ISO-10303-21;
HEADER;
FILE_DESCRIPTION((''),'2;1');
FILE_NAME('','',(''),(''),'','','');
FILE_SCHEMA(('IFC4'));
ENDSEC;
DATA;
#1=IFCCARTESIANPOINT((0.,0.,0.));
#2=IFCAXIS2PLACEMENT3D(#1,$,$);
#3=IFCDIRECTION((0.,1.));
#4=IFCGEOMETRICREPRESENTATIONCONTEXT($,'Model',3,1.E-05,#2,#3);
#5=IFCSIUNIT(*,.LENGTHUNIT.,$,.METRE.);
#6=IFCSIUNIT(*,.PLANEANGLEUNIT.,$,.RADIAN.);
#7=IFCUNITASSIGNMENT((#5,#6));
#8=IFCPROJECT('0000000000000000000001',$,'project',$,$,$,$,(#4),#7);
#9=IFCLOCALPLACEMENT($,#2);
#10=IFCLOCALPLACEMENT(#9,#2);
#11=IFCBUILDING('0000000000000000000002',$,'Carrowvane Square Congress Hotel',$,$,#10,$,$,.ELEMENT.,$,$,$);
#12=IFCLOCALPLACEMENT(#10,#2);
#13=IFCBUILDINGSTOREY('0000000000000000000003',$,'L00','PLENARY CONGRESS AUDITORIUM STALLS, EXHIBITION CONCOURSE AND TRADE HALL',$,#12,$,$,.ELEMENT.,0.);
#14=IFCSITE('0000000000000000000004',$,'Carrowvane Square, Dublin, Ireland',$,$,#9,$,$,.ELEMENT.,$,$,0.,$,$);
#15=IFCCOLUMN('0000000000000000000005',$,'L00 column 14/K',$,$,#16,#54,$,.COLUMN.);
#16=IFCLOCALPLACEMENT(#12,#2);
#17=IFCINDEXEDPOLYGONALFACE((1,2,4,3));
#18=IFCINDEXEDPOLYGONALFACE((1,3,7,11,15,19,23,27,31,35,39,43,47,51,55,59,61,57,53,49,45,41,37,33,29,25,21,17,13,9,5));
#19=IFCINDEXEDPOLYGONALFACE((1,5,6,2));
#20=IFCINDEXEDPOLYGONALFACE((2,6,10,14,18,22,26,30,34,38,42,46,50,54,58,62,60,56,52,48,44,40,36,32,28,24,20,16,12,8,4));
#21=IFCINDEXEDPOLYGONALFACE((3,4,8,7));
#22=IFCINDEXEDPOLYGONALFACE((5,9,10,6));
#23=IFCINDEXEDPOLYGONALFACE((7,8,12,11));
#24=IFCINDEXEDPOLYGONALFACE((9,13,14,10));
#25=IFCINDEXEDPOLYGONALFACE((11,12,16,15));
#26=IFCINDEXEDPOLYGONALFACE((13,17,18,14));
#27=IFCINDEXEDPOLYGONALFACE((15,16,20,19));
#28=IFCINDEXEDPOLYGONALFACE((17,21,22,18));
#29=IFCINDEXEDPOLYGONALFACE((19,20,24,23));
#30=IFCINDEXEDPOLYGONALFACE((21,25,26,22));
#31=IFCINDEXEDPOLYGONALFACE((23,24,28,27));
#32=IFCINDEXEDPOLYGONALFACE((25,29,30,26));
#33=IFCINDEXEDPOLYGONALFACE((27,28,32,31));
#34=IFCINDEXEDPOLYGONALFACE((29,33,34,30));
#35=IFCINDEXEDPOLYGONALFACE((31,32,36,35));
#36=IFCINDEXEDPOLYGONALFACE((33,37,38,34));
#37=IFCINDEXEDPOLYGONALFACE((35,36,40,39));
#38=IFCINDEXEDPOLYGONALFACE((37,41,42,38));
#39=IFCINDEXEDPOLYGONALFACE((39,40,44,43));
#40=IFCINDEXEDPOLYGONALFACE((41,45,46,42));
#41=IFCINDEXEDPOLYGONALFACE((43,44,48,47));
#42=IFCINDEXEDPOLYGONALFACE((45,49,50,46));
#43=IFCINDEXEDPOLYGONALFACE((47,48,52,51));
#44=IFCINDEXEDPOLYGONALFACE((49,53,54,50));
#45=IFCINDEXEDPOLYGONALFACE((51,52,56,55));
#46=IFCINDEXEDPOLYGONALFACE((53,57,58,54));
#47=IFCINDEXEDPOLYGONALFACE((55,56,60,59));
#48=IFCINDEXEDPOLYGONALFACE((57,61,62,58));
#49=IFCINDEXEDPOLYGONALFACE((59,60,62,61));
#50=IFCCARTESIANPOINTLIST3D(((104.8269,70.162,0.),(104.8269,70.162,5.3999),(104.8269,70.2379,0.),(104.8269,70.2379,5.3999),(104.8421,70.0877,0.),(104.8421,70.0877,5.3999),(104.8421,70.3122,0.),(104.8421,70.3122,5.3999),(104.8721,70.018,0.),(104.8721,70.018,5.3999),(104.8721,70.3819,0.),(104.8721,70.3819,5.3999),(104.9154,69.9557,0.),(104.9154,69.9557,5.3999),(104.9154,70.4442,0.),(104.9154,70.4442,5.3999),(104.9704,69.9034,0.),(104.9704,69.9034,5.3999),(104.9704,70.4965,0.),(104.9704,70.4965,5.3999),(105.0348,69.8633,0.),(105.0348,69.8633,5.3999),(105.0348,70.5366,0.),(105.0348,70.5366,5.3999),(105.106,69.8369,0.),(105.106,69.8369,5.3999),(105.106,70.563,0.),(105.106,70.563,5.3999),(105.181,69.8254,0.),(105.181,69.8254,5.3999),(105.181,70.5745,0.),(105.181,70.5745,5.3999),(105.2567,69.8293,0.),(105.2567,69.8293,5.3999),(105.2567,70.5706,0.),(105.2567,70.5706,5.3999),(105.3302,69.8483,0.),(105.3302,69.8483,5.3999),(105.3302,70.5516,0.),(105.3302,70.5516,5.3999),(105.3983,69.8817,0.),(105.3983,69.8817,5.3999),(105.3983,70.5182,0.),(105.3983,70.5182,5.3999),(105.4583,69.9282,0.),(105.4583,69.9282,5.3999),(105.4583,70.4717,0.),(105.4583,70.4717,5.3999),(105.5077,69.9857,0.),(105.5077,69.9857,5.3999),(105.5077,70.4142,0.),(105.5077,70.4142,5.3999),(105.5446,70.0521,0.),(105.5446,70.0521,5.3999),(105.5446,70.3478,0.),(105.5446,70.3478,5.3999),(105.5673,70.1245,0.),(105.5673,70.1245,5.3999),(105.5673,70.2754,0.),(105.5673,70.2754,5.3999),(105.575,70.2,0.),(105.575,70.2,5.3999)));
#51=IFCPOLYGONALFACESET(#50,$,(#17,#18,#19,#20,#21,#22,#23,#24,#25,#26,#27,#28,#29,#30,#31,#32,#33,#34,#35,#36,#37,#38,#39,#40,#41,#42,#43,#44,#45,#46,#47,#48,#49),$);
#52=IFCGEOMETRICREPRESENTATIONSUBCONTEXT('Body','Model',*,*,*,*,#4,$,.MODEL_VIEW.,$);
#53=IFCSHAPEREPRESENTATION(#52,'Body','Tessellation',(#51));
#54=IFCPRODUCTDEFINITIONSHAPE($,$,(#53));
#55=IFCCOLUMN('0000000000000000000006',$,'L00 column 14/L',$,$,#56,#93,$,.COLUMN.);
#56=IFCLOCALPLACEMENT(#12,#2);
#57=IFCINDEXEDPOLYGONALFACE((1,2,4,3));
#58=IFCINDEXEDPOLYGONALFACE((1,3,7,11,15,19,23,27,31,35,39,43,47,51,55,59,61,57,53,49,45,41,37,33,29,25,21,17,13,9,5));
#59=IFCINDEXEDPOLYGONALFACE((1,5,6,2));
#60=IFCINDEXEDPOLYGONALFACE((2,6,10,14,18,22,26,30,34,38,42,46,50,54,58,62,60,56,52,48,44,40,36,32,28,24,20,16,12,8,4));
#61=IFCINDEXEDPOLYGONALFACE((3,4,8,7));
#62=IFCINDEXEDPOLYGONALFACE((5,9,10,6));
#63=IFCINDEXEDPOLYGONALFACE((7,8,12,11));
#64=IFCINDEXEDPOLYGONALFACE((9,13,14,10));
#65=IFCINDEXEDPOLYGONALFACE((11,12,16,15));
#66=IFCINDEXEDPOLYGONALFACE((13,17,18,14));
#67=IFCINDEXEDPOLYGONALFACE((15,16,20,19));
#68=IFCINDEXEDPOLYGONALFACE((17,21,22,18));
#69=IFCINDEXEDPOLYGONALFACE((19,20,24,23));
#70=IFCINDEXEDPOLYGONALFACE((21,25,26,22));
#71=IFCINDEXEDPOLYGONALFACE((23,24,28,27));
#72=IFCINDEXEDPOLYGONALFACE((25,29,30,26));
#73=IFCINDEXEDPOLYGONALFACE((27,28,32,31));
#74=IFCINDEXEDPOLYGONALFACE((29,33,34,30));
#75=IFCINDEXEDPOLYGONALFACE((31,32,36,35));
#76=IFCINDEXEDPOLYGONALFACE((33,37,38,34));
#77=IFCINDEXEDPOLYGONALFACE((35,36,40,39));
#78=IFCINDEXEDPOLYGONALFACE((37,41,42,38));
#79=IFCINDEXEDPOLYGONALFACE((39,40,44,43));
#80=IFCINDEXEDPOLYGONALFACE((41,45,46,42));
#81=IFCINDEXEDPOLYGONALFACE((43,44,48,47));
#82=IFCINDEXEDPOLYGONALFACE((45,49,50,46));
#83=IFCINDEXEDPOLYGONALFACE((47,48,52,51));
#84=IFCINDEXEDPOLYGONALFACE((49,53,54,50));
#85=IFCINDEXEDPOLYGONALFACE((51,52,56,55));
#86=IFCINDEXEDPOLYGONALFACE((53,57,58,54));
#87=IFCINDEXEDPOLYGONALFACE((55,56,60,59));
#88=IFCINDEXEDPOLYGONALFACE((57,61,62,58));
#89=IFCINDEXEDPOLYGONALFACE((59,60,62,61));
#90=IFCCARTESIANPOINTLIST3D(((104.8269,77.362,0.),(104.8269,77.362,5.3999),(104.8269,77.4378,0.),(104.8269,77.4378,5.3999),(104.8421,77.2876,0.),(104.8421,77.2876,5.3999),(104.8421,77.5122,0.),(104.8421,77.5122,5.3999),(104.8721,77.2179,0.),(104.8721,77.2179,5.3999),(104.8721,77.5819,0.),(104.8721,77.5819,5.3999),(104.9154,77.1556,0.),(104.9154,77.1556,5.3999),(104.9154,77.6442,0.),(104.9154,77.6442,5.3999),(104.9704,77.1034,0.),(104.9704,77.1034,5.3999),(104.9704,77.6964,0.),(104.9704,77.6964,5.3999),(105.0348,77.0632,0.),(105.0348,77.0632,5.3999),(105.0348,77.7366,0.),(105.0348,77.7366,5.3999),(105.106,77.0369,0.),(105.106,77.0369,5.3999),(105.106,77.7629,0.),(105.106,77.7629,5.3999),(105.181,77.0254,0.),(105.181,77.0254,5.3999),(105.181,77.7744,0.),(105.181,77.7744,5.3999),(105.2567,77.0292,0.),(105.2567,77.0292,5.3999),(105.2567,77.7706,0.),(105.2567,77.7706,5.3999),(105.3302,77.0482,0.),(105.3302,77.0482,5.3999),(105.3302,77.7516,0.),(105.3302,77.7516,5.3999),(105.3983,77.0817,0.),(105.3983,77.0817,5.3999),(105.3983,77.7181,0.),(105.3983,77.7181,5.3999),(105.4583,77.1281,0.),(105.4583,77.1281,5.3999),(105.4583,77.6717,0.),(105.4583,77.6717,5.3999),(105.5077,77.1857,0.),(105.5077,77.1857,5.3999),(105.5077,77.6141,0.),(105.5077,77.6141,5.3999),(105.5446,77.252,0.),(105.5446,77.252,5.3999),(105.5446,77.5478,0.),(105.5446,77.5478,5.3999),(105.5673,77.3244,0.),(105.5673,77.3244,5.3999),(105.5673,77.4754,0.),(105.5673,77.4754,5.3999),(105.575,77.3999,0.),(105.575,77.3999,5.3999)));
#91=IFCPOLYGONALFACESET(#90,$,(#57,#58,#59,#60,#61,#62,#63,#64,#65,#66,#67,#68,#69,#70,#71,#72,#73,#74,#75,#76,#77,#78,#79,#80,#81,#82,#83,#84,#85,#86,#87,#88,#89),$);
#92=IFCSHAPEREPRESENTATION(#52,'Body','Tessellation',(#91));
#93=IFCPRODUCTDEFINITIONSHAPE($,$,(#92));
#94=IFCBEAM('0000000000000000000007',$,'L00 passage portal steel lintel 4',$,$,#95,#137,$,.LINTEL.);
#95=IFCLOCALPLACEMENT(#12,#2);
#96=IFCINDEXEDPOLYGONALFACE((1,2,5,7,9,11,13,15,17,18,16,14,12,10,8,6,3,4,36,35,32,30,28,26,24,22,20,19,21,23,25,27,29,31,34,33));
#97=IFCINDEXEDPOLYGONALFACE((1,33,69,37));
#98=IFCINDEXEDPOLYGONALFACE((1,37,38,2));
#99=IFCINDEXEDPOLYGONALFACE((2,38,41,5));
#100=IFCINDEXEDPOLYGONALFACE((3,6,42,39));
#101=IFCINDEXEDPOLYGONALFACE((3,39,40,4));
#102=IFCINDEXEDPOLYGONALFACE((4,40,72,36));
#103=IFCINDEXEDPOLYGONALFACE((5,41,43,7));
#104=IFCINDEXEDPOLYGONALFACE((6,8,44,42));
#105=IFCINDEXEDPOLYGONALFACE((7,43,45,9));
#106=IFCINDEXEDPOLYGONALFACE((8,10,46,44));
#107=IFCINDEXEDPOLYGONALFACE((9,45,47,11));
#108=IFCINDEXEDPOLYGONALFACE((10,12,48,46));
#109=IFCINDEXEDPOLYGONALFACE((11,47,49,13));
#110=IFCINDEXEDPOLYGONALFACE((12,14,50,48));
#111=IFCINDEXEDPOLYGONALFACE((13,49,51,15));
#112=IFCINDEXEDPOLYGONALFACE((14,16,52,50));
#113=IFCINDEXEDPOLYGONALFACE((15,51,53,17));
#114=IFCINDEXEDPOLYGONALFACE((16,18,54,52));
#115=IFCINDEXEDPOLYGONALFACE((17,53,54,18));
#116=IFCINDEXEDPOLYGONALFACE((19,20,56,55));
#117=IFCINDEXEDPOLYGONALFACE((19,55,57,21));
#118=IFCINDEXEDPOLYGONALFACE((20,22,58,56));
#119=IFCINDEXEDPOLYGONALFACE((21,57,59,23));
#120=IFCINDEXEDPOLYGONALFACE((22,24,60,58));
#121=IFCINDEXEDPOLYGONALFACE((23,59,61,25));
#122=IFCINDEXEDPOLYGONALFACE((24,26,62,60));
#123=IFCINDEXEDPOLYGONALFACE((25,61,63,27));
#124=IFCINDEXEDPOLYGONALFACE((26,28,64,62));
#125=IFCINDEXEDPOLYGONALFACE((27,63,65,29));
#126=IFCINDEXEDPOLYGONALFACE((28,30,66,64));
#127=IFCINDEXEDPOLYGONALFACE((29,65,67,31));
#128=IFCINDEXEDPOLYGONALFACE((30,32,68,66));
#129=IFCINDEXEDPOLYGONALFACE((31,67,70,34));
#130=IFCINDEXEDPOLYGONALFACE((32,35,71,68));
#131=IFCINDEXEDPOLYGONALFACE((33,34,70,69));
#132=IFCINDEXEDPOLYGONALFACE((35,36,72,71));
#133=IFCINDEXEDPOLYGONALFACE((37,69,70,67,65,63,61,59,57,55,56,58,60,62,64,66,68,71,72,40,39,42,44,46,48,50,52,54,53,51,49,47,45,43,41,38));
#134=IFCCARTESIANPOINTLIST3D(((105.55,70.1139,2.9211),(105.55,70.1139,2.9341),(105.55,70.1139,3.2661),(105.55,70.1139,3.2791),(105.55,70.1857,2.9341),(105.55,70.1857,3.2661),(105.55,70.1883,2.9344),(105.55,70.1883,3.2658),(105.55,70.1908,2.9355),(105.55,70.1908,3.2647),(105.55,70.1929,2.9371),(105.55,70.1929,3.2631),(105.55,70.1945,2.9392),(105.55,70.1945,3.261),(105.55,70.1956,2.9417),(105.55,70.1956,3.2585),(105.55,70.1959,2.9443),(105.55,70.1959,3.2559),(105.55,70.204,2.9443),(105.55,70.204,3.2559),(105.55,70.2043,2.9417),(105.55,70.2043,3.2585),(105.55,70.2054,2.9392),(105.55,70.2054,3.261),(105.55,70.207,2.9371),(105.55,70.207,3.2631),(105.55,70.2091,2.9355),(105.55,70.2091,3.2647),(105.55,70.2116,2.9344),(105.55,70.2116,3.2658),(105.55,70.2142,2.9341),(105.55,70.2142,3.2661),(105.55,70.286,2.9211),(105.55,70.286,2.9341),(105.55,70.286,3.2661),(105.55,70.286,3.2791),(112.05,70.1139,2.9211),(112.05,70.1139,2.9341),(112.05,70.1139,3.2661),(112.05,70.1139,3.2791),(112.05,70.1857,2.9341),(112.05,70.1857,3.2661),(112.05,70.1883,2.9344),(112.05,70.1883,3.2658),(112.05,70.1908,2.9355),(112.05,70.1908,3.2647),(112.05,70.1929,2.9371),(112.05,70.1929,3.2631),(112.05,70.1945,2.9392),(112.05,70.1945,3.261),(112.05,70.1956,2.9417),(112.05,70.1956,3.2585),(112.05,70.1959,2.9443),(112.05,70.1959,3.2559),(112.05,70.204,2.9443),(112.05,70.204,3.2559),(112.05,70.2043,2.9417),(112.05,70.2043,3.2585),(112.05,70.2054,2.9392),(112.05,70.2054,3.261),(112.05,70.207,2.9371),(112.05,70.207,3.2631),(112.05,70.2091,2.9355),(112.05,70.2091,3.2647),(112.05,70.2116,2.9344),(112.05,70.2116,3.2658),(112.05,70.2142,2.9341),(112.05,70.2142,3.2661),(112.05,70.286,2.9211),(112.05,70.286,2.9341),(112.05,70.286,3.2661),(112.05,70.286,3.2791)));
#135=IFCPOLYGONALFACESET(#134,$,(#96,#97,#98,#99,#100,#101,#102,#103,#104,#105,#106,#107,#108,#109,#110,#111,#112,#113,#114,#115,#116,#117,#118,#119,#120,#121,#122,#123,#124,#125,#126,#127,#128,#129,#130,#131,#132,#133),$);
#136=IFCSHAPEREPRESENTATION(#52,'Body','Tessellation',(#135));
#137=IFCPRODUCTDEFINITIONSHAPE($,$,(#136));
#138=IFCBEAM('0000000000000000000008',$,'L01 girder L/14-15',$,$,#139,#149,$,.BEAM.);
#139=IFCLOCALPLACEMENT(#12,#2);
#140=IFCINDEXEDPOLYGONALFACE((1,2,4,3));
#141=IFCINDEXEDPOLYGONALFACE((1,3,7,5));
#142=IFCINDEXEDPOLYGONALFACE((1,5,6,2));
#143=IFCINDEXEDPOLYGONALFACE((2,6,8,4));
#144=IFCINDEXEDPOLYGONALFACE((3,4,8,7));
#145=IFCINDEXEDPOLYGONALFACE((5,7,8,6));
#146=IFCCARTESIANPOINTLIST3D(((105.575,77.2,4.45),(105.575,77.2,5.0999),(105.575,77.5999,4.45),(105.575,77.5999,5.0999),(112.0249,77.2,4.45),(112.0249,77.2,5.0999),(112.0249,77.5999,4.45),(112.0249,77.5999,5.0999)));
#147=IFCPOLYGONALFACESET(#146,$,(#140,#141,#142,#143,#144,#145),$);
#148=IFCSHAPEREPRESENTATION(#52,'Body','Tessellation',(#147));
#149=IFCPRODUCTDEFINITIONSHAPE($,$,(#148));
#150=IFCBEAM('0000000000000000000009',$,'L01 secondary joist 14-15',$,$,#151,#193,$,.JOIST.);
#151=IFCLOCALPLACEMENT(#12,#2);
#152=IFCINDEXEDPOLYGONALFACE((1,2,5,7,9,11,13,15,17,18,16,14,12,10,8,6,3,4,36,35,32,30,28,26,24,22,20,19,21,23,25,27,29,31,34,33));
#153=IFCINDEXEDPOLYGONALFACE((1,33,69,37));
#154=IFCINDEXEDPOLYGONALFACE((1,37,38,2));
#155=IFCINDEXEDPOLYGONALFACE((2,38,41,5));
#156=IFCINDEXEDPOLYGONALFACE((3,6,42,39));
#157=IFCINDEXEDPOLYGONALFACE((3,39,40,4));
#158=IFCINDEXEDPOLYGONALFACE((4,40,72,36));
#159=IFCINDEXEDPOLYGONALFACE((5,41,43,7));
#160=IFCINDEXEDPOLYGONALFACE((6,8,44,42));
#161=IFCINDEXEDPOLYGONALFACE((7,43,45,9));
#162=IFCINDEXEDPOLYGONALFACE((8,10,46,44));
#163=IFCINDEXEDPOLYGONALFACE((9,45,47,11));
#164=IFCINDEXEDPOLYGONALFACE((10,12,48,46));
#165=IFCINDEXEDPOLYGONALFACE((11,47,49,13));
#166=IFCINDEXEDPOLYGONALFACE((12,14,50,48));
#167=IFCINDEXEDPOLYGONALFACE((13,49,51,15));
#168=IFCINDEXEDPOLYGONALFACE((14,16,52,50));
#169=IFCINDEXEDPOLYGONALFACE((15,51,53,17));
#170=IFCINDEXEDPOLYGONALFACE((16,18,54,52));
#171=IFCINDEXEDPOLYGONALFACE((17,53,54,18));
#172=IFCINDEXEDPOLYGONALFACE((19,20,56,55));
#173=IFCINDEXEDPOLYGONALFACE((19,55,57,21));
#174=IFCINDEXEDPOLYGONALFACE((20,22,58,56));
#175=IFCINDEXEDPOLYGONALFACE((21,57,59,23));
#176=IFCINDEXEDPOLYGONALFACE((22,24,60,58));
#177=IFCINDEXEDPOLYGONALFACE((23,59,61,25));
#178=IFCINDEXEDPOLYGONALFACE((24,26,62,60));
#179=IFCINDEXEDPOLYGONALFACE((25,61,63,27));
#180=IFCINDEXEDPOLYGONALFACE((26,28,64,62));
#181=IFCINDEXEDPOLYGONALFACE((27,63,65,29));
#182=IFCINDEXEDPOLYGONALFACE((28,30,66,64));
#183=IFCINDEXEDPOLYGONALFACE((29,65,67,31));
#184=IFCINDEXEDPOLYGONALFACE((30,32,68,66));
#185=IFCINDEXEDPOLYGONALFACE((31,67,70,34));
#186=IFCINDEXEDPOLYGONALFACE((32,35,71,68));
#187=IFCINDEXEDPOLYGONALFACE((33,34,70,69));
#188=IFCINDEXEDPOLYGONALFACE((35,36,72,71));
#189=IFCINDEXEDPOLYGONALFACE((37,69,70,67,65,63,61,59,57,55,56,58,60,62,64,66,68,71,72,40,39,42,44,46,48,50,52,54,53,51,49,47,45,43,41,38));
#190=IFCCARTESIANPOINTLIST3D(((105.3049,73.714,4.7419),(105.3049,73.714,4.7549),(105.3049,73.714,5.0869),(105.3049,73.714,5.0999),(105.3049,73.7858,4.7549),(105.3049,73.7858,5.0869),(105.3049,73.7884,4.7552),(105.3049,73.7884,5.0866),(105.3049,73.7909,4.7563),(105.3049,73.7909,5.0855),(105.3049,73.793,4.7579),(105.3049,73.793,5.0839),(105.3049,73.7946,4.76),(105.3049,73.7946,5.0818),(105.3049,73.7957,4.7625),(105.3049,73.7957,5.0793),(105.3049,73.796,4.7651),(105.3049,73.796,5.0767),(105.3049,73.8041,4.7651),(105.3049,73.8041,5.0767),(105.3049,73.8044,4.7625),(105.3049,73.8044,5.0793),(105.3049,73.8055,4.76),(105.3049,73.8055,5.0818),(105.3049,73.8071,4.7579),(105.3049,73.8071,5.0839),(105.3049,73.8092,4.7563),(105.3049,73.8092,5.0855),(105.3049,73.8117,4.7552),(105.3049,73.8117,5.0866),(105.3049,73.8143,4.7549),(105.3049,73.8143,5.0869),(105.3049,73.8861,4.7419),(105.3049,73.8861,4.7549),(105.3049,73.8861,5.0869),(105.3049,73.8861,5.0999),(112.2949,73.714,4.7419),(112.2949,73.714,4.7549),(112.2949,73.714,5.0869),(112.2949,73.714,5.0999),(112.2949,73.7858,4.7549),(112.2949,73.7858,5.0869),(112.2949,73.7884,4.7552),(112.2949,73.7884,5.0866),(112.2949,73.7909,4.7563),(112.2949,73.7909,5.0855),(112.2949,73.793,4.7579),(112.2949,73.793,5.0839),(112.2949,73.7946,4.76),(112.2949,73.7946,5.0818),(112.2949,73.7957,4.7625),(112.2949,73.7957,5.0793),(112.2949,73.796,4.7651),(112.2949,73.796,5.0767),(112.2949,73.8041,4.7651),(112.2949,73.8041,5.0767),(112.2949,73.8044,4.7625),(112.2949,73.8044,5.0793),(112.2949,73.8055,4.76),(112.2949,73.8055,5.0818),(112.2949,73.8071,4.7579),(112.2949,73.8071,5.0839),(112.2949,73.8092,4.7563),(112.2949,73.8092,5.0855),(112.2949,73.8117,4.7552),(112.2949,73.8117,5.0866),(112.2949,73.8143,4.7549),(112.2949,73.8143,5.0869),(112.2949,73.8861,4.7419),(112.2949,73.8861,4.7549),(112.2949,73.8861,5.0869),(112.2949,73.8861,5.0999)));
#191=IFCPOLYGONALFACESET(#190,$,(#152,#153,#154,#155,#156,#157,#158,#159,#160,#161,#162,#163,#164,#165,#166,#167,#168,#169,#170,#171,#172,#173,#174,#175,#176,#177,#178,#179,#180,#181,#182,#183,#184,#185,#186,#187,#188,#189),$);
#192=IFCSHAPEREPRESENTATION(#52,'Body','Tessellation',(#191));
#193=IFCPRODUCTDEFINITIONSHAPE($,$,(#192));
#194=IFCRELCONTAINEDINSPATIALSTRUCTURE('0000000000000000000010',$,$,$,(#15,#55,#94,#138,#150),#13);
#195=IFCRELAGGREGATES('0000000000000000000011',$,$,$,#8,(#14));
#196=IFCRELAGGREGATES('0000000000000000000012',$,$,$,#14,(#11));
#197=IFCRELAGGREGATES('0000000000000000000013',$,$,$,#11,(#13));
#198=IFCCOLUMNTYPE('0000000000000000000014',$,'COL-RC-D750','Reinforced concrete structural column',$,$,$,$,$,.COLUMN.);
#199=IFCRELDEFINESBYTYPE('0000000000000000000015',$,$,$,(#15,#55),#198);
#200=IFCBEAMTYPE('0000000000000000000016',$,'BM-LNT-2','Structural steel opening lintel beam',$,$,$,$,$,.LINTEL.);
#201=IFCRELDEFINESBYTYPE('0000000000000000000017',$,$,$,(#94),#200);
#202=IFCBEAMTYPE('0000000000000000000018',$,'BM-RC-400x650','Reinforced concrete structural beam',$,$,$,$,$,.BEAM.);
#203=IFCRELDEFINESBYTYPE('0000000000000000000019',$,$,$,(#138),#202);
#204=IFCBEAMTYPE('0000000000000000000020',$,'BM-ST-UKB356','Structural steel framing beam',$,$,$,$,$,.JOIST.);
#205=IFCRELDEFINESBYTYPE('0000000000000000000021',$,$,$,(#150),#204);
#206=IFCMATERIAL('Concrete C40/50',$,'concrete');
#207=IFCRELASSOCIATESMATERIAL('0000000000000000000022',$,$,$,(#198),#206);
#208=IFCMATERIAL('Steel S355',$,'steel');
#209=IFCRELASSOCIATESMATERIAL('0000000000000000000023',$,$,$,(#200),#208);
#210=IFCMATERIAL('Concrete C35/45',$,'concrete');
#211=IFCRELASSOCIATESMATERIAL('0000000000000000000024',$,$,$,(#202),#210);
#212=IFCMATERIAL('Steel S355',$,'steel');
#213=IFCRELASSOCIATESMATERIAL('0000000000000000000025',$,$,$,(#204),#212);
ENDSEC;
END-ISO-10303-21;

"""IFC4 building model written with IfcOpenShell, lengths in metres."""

from ifc_helpers import new_model, si_unit, direction, frame, origin, origin_2d, place, context, subcontext, project, spatial, rectangle, circle, i_section, extrude, material, material_profile, profile_set, type_object, element, save


model = new_model("IFC4")

# Units and contexts
model_context = context("Model", 3, precision=1e-05, world=origin(), true_north=direction((0.0, 1.0)))
body_context = subcontext(model_context, "Body", "Model", "MODEL_VIEW")
ifc_project = project(units=[si_unit("LENGTHUNIT", "METRE"), si_unit("PLANEANGLEUNIT", "RADIAN")], contexts=[model_context])

# Site, building, storey
site_placement = place(None, origin())
site = spatial("IfcSite", under=ifc_project, at=site_placement, Name="Carrowvane Square, Dublin, Ireland", CompositionType="ELEMENT", RefElevation=0.0)
building_placement = place(site_placement, origin())
building = spatial("IfcBuilding", under=site, at=building_placement, Name="Carrowvane Square Congress Hotel", CompositionType="ELEMENT")
storey_placement = place(building_placement, origin())
storey = spatial("IfcBuildingStorey", under=building, at=storey_placement, Name="L00", Description="PLENARY CONGRESS AUDITORIUM STALLS, EXHIBITION CONCOURSE AND TRADE HALL", CompositionType="ELEMENT", Elevation=0.0)

# Columns
ifc_material_1 = material(Name="Concrete C40/50", Category="concrete")
ifc_material_profile_1 = material_profile(ifc_material_1, circle(Radius=0.375, at=origin_2d()), Name="RC D750")
ifc_profile_set_1 = profile_set([ifc_material_profile_1], Name="Concrete C40/50")
column_type = type_object("IfcColumnType", Name="COL-RC-D750", Description="Reinforced concrete structural column", PredefinedType="COLUMN", material=ifc_profile_set_1)
for number, where, z_axis, x_axis, name in (
    (1, (105.2, 70.2, 0.0), (0.0, 0.0, 1.0), (1.0, 0.0, 0.0), "L00 column 14/K"),
    (2, (105.2, 77.3999, 0.0), (0.0, 0.0, 1.0), (1.0, 0.0, 0.0), "L00 column 14/L"),
):
    element("IfcColumn", number, at=place(storey_placement, frame(where, z_axis=z_axis, x_axis=x_axis)), inside=storey, type_object=column_type, Name=name, PredefinedType="COLUMN", context=body_context, shape_type="SweptSolid", body=[
        extrude(circle(Radius=0.375, at=origin_2d()), origin(), (0.0, 0.0, 1.0), 5.3999),
    ])

# Beams
ifc_material_2 = material(Name="Steel S355", Category="steel")
ifc_material_profile_2 = material_profile(ifc_material_2, i_section(OverallWidth=0.1721, OverallDepth=0.3579, WebThickness=0.0081, FlangeThickness=0.0129, FilletRadius=0.0103, at=origin_2d()), Name="UKB 356x171x57")
ifc_profile_set_2 = profile_set([ifc_material_profile_2], Name="Steel S355")
beam_type_1 = type_object("IfcBeamType", Name="BM-LNT-2", Description="Structural steel opening lintel beam", PredefinedType="LINTEL", material=ifc_profile_set_2)
beam_1_placement = place(storey_placement, frame((105.55, 70.2, 3.1001), z_axis=(1.0, 0.0, 0.0), x_axis=(0.0, 1.0, 0.0)))
element("IfcBeam", 3, at=beam_1_placement, inside=storey, type_object=beam_type_1, Name="L00 passage portal steel lintel 4", PredefinedType="LINTEL", context=body_context, shape_type="SweptSolid", body=[
    extrude(i_section(OverallWidth=0.1721, OverallDepth=0.3579, WebThickness=0.0081, FlangeThickness=0.0129, FilletRadius=0.0103, at=origin_2d()), origin(), (0.0, 0.0, 1.0), 6.5),
])
ifc_material_3 = material(Name="Concrete C35/45", Category="concrete")
ifc_material_profile_3 = material_profile(ifc_material_3, rectangle(XDim=0.3999, YDim=0.6499, at=origin_2d()), Name="RC 400x650")
ifc_profile_set_3 = profile_set([ifc_material_profile_3], Name="Concrete C35/45")
beam_type_2 = type_object("IfcBeamType", Name="BM-RC-400x650", Description="Reinforced concrete structural beam", PredefinedType="BEAM", material=ifc_profile_set_3)
beam_2_placement = place(storey_placement, frame((105.575, 77.3999, 4.7749), z_axis=(1.0, 0.0, 0.0), x_axis=(0.0, 1.0, 0.0)))
element("IfcBeam", 4, at=beam_2_placement, inside=storey, type_object=beam_type_2, Name="L01 girder L/14-15", PredefinedType="BEAM", context=body_context, shape_type="SweptSolid", body=[
    extrude(rectangle(XDim=0.3999, YDim=0.6499, at=origin_2d()), origin(), (0.0, 0.0, 1.0), 6.45),
])
ifc_material_4 = material(Name="Steel S355", Category="steel")
ifc_material_profile_4 = material_profile(ifc_material_4, i_section(OverallWidth=0.1721, OverallDepth=0.3579, WebThickness=0.0081, FlangeThickness=0.0129, FilletRadius=0.0103, at=origin_2d()), Name="UKB 356x171x57")
ifc_profile_set_4 = profile_set([ifc_material_profile_4], Name="Steel S355")
beam_type_3 = type_object("IfcBeamType", Name="BM-ST-UKB356", Description="Structural steel framing beam", PredefinedType="JOIST", material=ifc_profile_set_4)
beam_3_placement = place(storey_placement, frame((105.3049, 73.8, 4.9209), z_axis=(1.0, 0.0, 0.0), x_axis=(0.0, 1.0, 0.0)))
element("IfcBeam", 5, at=beam_3_placement, inside=storey, type_object=beam_type_3, Name="L01 secondary joist 14-15", PredefinedType="JOIST", context=body_context, shape_type="SweptSolid", body=[
    extrude(i_section(OverallWidth=0.1721, OverallDepth=0.3579, WebThickness=0.0081, FlangeThickness=0.0129, FilletRadius=0.0103, at=origin_2d()), origin(), (0.0, 0.0, 1.0), 6.99),
])

save(model, "model.ifc")
